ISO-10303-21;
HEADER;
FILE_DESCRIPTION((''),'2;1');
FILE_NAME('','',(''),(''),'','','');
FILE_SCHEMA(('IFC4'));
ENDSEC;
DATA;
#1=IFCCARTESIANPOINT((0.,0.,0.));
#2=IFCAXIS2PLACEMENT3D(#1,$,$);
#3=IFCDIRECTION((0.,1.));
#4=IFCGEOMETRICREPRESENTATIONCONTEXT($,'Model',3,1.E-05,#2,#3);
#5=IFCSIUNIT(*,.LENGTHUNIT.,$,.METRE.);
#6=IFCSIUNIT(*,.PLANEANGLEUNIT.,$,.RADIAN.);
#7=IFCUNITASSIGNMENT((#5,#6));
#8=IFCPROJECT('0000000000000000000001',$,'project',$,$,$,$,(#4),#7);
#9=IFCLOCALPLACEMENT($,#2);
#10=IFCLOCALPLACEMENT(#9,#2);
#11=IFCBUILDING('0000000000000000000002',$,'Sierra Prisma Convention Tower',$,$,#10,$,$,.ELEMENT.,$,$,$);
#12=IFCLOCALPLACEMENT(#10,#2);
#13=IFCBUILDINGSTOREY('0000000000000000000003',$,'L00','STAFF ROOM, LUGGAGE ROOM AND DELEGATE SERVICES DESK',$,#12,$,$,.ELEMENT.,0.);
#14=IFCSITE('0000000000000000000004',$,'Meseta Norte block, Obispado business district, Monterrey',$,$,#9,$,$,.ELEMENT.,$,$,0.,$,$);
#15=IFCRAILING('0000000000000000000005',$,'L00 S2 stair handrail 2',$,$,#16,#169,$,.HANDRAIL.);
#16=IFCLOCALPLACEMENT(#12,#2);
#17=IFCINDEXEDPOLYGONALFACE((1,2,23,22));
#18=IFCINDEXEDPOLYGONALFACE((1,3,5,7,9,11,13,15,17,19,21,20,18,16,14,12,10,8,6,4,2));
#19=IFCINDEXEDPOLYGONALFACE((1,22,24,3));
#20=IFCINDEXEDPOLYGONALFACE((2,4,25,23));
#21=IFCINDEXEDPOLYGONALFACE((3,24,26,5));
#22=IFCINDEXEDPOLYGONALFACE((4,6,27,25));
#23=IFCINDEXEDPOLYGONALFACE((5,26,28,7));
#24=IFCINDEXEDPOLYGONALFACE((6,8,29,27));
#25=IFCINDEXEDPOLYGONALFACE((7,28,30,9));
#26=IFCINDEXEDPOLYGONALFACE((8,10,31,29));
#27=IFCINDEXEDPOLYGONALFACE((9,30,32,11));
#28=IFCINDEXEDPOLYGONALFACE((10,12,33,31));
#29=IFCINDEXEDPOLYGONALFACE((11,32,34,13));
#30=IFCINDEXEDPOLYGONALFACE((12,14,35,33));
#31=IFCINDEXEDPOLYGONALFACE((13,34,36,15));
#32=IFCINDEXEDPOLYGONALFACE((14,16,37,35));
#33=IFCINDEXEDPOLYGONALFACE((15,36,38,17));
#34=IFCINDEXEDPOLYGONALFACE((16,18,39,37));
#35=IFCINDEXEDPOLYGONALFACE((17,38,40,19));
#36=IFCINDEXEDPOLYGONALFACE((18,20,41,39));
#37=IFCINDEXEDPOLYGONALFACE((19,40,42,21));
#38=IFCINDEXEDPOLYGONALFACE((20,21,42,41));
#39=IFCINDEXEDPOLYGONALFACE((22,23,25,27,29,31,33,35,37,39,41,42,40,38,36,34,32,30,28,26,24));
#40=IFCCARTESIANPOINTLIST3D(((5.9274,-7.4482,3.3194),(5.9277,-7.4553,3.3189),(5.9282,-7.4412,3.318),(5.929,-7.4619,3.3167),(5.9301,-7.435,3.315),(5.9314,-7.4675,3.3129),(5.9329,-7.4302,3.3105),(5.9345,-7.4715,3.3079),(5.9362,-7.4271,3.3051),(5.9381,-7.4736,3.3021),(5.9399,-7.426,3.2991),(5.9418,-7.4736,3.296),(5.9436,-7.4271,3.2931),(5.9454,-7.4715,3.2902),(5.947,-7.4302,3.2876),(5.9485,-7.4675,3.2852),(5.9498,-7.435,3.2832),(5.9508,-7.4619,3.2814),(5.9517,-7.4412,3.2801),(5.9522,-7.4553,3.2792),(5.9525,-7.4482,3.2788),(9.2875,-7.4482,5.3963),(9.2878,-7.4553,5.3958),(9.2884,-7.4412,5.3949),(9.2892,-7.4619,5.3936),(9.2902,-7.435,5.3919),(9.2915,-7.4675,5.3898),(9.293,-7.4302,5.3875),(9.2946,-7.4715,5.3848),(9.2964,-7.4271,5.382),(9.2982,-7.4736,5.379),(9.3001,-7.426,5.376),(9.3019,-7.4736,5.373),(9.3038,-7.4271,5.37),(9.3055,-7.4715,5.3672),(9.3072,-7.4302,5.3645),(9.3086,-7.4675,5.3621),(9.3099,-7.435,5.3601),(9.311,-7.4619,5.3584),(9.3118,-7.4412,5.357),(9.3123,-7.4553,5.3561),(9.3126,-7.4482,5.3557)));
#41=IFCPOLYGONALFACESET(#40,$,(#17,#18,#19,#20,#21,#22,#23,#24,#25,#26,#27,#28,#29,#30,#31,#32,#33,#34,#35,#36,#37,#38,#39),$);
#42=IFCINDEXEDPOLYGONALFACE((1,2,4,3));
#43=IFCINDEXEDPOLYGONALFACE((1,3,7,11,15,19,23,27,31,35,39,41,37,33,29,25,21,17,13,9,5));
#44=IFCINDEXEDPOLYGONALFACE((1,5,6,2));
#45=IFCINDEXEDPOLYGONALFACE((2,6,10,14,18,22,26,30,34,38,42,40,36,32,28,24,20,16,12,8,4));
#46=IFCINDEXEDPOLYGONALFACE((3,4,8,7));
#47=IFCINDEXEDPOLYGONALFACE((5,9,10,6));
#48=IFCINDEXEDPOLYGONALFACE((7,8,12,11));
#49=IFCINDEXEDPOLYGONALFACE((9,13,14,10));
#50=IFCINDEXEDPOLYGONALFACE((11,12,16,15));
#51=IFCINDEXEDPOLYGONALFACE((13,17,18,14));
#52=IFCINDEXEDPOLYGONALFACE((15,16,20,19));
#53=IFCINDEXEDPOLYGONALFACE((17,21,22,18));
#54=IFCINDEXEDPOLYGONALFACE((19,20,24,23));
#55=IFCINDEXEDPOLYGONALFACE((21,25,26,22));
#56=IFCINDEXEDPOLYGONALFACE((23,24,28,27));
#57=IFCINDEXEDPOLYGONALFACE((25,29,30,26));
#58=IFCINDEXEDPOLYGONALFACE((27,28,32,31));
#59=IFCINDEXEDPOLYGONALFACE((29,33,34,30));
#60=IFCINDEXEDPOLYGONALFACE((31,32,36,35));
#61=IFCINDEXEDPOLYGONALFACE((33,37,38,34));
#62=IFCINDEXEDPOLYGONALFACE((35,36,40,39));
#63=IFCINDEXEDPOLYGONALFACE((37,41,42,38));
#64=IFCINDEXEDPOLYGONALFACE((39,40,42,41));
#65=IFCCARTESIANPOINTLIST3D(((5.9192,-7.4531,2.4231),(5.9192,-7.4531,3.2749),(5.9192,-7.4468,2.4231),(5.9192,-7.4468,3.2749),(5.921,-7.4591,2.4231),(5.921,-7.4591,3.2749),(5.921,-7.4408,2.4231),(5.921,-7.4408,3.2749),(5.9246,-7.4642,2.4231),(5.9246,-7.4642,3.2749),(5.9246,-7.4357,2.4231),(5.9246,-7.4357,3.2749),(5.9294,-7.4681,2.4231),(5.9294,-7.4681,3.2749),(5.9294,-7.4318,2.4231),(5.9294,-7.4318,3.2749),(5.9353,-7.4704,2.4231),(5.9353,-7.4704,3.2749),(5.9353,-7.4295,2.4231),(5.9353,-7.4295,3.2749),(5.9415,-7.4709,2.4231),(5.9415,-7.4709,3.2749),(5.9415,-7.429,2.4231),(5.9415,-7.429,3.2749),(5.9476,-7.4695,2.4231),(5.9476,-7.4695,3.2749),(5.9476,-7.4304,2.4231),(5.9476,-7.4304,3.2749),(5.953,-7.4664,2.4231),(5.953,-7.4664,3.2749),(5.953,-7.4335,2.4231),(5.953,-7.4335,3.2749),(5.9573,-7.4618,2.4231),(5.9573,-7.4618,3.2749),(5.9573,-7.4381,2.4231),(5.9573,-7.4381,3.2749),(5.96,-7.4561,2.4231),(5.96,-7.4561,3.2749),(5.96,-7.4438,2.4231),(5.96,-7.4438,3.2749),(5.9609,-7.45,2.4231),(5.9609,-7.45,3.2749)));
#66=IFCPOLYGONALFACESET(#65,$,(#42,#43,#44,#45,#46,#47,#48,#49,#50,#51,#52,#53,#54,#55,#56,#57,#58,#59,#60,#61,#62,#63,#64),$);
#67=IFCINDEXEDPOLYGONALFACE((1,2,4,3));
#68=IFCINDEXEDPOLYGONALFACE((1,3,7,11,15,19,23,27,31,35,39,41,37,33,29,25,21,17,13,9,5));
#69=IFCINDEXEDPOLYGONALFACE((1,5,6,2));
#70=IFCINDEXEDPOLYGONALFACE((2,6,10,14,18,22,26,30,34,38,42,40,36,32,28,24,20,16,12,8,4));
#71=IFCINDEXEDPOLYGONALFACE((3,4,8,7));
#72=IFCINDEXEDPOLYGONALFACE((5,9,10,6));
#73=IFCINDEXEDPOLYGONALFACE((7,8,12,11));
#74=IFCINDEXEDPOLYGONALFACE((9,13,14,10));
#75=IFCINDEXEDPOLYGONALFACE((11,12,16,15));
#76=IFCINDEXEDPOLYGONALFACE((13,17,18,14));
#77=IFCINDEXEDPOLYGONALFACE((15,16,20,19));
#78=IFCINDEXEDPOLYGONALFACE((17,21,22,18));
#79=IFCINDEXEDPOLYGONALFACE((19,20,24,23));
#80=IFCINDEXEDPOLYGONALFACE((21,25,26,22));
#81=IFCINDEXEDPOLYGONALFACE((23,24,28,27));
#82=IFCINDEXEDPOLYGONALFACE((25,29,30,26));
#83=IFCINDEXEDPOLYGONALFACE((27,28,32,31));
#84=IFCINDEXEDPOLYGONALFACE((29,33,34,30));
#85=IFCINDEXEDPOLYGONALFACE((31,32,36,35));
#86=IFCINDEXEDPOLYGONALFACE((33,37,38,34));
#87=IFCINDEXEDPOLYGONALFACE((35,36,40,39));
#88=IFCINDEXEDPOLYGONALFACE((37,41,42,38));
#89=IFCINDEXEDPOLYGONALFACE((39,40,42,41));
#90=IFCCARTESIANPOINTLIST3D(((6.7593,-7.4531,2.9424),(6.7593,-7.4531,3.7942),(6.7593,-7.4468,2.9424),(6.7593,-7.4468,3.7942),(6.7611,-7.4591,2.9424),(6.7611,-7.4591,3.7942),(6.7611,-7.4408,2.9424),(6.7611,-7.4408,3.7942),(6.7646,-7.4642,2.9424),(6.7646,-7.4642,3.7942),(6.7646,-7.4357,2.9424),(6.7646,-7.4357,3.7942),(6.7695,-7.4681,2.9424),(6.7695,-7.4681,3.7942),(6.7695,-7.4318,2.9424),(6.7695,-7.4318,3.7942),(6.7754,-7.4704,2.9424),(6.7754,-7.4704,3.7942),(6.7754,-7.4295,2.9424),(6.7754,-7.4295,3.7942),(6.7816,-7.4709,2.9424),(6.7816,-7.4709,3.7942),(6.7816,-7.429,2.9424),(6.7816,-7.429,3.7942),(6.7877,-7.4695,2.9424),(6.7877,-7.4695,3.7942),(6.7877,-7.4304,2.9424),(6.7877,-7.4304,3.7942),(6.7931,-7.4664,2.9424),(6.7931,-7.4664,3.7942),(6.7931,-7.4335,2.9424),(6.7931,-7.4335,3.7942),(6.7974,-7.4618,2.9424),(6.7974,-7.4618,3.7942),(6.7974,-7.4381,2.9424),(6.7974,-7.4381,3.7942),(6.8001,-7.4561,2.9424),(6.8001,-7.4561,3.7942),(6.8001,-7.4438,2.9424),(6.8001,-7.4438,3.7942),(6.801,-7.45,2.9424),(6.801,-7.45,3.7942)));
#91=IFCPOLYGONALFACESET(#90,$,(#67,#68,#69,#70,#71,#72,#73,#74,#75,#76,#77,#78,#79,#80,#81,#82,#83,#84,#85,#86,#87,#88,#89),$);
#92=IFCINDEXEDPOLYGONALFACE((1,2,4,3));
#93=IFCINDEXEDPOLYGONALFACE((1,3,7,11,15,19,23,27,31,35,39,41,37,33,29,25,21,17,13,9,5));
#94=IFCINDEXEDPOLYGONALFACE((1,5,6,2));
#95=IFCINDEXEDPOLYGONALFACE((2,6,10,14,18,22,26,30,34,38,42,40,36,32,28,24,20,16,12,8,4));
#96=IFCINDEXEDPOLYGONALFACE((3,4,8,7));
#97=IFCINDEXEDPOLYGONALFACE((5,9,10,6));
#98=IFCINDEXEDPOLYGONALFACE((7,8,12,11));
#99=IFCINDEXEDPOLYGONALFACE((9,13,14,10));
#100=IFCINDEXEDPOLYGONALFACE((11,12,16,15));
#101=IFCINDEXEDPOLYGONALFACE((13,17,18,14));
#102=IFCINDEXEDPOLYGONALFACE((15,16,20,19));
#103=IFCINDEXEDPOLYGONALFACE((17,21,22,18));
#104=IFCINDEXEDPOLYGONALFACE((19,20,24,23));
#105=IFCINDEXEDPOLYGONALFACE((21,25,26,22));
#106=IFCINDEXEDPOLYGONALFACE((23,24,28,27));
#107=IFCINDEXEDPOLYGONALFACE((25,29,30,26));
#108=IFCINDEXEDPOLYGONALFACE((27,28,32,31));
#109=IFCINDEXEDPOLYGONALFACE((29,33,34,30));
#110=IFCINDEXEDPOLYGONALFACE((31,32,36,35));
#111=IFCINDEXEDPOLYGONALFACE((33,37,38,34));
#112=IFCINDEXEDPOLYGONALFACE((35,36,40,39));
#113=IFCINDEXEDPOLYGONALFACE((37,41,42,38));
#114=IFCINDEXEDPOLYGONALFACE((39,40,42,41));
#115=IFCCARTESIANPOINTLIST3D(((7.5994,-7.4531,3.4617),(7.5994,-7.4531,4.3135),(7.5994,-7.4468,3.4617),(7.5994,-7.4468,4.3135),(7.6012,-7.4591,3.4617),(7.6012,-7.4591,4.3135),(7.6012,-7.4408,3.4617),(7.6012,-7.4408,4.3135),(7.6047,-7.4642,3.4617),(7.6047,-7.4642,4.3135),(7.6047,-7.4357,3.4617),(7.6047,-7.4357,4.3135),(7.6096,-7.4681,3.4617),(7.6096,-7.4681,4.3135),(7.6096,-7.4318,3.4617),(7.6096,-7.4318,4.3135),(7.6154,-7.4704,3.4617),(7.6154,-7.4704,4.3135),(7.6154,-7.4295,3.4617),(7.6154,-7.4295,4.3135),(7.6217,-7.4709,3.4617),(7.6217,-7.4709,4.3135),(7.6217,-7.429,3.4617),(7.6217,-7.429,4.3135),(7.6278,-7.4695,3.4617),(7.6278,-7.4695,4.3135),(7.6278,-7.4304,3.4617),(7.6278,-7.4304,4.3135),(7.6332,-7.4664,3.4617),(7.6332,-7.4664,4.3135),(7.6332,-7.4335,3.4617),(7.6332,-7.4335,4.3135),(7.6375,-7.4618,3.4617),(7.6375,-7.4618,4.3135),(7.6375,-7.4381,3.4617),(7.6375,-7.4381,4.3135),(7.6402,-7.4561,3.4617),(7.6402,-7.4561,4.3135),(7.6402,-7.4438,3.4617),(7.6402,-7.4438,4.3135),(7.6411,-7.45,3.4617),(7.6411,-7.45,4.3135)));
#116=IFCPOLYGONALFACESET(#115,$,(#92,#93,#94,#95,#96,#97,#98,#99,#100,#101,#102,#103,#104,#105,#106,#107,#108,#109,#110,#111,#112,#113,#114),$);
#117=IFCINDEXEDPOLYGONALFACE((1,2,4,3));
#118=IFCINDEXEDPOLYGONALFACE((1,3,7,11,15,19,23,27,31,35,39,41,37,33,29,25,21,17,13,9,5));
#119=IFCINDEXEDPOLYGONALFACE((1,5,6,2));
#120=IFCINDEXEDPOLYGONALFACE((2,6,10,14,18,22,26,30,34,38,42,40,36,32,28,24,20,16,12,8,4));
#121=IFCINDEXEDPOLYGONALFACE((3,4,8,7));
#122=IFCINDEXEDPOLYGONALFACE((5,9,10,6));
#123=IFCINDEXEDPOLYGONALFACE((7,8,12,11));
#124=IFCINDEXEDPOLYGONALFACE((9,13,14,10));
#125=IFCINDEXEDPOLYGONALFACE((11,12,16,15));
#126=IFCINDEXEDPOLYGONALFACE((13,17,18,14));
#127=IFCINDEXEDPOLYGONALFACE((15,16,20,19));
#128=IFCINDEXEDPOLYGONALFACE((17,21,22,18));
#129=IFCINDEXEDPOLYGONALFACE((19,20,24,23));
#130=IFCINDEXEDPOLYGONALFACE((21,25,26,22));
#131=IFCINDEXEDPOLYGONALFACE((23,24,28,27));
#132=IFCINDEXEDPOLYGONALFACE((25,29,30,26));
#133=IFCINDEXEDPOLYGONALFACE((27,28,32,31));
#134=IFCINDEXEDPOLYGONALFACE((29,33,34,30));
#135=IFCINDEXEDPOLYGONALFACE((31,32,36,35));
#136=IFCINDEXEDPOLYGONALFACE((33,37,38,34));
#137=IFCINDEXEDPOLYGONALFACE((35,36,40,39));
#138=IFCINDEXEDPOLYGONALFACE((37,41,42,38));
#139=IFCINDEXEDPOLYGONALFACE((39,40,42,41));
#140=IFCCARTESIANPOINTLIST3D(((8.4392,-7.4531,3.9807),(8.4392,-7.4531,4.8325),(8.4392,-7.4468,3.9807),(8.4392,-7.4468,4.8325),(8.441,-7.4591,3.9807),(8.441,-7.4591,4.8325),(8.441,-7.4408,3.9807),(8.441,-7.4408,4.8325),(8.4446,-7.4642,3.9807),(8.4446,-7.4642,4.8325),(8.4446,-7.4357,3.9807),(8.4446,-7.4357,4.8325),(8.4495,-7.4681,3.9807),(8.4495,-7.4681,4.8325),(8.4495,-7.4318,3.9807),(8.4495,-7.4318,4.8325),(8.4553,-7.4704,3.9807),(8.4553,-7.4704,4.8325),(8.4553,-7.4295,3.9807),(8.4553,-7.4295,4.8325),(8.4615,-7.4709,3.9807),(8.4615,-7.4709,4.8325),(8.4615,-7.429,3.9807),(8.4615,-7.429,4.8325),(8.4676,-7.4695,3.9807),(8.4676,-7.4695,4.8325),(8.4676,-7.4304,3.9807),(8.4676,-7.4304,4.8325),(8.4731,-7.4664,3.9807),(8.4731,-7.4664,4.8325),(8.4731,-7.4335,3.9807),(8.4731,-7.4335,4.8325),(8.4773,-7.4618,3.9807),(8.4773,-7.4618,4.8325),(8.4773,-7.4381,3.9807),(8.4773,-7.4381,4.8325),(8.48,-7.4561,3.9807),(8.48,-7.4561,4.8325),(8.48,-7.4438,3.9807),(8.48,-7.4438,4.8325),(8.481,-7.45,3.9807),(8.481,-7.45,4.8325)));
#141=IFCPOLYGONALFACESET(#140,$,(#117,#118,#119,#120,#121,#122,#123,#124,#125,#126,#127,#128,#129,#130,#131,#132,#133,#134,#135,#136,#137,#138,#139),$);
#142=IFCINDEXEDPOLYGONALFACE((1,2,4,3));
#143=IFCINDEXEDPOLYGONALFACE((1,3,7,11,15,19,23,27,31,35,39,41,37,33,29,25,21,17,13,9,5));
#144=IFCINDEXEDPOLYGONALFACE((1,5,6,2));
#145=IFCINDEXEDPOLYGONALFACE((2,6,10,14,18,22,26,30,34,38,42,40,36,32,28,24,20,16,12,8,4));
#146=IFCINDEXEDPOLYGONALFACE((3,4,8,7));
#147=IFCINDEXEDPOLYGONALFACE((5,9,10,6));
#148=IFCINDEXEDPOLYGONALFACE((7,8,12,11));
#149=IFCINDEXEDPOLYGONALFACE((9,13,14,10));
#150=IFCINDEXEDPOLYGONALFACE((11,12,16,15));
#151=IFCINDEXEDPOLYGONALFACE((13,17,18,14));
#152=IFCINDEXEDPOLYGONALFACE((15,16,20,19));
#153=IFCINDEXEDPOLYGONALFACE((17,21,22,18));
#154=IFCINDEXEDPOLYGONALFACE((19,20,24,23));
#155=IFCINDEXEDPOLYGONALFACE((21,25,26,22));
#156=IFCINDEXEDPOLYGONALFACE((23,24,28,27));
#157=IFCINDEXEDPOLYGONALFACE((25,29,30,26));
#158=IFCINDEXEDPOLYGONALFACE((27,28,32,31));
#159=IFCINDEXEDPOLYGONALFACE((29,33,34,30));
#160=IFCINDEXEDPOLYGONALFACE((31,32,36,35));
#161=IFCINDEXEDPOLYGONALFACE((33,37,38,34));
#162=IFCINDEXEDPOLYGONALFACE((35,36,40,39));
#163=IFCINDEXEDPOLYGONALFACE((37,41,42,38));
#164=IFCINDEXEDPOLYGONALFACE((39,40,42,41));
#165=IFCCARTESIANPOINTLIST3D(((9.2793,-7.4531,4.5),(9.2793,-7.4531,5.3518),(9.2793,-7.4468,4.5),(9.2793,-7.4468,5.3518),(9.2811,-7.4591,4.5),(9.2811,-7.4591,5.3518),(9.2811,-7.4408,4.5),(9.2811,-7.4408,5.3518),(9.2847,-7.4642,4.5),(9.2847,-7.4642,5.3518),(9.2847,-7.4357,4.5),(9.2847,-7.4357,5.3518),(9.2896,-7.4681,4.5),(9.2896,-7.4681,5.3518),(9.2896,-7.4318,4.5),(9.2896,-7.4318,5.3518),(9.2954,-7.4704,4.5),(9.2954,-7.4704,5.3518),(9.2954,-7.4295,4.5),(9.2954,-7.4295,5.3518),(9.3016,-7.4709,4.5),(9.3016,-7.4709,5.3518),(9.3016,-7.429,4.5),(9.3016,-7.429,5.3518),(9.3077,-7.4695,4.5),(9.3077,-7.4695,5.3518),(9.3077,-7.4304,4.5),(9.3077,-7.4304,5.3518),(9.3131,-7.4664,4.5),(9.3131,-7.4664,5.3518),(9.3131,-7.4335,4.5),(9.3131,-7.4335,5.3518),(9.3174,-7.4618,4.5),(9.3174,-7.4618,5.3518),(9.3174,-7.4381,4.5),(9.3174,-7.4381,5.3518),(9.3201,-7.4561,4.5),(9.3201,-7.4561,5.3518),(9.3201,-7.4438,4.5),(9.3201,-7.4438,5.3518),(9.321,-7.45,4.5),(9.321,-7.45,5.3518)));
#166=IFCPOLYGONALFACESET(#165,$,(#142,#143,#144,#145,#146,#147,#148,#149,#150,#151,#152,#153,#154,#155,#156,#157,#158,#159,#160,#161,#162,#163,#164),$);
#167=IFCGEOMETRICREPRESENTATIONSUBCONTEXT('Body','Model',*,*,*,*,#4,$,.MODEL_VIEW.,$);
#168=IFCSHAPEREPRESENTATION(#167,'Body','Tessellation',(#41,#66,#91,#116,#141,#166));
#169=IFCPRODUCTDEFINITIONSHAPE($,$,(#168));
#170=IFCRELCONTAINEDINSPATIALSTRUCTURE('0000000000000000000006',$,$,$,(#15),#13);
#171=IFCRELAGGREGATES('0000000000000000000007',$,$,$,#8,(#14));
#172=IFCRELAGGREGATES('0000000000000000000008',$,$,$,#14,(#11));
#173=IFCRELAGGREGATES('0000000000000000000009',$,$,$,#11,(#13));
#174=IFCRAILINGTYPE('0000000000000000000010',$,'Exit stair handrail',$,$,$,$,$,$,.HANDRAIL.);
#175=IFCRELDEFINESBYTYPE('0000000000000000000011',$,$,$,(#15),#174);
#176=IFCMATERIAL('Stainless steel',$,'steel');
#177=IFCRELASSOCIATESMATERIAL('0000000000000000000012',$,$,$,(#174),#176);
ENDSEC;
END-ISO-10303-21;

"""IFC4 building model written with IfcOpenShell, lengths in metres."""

from ifc_helpers import new_model, si_unit, direction, frame, origin, origin_2d, place, context, subcontext, project, spatial, circle, extrude, material, type_object, element, save


model = new_model("IFC4")

# Units and contexts
model_context = context("Model", 3, precision=1e-05, world=origin(), true_north=direction((0.0, 1.0)))
body_context = subcontext(model_context, "Body", "Model", "MODEL_VIEW")
ifc_project = project(units=[si_unit("LENGTHUNIT", "METRE"), si_unit("PLANEANGLEUNIT", "RADIAN")], contexts=[model_context])

# Site, building, storey
site_placement = place(None, origin())
site = spatial("IfcSite", under=ifc_project, at=site_placement, Name="Meseta Norte block, Obispado business district, Monterrey", CompositionType="ELEMENT", RefElevation=0.0)
building_placement = place(site_placement, origin())
building = spatial("IfcBuilding", under=site, at=building_placement, Name="Sierra Prisma Convention Tower", CompositionType="ELEMENT")
storey_placement = place(building_placement, origin())
storey = spatial("IfcBuildingStorey", under=building, at=storey_placement, Name="L00", Description="STAFF ROOM, LUGGAGE ROOM AND DELEGATE SERVICES DESK", CompositionType="ELEMENT", Elevation=0.0)

# Railing
ifc_material_1 = material(Name="Stainless steel", Category="steel")
railing_type_1 = type_object("IfcRailingType", Name="Exit stair handrail", PredefinedType="HANDRAIL", material=ifc_material_1)
for number, where, name in (
    (1, (5.9399, -7.45, 2.4231), "L00 S2 stair handrail 2"),
):
    element("IfcRailing", number, at=place(storey_placement, frame(where)), inside=storey, type_object=railing_type_1, Name=name, PredefinedType="HANDRAIL", context=body_context, shape_type="SweptSolid", body=[
        extrude(circle(Radius=0.0239, at=origin_2d()), frame((0.0, 0.0, 0.876), z_axis=(0.850623, 0.0, 0.525776), x_axis=(0.0, 1.0, 0.0)), (0.0, 0.0, 1.0), 3.9502),
        extrude(circle(Radius=0.021, at=origin_2d()), origin(), (0.0, 0.0, 1.0), 0.8518),
        extrude(circle(Radius=0.021, at=origin_2d()), frame((0.8401, 0.0, 0.5193)), (0.0, 0.0, 1.0), 0.8518),
        extrude(circle(Radius=0.021, at=origin_2d()), frame((1.6802, 0.0, 1.0386)), (0.0, 0.0, 1.0), 0.8518),
        extrude(circle(Radius=0.021, at=origin_2d()), frame((2.52, 0.0, 1.5576)), (0.0, 0.0, 1.0), 0.8518),
        extrude(circle(Radius=0.021, at=origin_2d()), frame((3.3601, 0.0, 2.0769)), (0.0, 0.0, 1.0), 0.8518),
    ])

save(model, "model.ifc")
